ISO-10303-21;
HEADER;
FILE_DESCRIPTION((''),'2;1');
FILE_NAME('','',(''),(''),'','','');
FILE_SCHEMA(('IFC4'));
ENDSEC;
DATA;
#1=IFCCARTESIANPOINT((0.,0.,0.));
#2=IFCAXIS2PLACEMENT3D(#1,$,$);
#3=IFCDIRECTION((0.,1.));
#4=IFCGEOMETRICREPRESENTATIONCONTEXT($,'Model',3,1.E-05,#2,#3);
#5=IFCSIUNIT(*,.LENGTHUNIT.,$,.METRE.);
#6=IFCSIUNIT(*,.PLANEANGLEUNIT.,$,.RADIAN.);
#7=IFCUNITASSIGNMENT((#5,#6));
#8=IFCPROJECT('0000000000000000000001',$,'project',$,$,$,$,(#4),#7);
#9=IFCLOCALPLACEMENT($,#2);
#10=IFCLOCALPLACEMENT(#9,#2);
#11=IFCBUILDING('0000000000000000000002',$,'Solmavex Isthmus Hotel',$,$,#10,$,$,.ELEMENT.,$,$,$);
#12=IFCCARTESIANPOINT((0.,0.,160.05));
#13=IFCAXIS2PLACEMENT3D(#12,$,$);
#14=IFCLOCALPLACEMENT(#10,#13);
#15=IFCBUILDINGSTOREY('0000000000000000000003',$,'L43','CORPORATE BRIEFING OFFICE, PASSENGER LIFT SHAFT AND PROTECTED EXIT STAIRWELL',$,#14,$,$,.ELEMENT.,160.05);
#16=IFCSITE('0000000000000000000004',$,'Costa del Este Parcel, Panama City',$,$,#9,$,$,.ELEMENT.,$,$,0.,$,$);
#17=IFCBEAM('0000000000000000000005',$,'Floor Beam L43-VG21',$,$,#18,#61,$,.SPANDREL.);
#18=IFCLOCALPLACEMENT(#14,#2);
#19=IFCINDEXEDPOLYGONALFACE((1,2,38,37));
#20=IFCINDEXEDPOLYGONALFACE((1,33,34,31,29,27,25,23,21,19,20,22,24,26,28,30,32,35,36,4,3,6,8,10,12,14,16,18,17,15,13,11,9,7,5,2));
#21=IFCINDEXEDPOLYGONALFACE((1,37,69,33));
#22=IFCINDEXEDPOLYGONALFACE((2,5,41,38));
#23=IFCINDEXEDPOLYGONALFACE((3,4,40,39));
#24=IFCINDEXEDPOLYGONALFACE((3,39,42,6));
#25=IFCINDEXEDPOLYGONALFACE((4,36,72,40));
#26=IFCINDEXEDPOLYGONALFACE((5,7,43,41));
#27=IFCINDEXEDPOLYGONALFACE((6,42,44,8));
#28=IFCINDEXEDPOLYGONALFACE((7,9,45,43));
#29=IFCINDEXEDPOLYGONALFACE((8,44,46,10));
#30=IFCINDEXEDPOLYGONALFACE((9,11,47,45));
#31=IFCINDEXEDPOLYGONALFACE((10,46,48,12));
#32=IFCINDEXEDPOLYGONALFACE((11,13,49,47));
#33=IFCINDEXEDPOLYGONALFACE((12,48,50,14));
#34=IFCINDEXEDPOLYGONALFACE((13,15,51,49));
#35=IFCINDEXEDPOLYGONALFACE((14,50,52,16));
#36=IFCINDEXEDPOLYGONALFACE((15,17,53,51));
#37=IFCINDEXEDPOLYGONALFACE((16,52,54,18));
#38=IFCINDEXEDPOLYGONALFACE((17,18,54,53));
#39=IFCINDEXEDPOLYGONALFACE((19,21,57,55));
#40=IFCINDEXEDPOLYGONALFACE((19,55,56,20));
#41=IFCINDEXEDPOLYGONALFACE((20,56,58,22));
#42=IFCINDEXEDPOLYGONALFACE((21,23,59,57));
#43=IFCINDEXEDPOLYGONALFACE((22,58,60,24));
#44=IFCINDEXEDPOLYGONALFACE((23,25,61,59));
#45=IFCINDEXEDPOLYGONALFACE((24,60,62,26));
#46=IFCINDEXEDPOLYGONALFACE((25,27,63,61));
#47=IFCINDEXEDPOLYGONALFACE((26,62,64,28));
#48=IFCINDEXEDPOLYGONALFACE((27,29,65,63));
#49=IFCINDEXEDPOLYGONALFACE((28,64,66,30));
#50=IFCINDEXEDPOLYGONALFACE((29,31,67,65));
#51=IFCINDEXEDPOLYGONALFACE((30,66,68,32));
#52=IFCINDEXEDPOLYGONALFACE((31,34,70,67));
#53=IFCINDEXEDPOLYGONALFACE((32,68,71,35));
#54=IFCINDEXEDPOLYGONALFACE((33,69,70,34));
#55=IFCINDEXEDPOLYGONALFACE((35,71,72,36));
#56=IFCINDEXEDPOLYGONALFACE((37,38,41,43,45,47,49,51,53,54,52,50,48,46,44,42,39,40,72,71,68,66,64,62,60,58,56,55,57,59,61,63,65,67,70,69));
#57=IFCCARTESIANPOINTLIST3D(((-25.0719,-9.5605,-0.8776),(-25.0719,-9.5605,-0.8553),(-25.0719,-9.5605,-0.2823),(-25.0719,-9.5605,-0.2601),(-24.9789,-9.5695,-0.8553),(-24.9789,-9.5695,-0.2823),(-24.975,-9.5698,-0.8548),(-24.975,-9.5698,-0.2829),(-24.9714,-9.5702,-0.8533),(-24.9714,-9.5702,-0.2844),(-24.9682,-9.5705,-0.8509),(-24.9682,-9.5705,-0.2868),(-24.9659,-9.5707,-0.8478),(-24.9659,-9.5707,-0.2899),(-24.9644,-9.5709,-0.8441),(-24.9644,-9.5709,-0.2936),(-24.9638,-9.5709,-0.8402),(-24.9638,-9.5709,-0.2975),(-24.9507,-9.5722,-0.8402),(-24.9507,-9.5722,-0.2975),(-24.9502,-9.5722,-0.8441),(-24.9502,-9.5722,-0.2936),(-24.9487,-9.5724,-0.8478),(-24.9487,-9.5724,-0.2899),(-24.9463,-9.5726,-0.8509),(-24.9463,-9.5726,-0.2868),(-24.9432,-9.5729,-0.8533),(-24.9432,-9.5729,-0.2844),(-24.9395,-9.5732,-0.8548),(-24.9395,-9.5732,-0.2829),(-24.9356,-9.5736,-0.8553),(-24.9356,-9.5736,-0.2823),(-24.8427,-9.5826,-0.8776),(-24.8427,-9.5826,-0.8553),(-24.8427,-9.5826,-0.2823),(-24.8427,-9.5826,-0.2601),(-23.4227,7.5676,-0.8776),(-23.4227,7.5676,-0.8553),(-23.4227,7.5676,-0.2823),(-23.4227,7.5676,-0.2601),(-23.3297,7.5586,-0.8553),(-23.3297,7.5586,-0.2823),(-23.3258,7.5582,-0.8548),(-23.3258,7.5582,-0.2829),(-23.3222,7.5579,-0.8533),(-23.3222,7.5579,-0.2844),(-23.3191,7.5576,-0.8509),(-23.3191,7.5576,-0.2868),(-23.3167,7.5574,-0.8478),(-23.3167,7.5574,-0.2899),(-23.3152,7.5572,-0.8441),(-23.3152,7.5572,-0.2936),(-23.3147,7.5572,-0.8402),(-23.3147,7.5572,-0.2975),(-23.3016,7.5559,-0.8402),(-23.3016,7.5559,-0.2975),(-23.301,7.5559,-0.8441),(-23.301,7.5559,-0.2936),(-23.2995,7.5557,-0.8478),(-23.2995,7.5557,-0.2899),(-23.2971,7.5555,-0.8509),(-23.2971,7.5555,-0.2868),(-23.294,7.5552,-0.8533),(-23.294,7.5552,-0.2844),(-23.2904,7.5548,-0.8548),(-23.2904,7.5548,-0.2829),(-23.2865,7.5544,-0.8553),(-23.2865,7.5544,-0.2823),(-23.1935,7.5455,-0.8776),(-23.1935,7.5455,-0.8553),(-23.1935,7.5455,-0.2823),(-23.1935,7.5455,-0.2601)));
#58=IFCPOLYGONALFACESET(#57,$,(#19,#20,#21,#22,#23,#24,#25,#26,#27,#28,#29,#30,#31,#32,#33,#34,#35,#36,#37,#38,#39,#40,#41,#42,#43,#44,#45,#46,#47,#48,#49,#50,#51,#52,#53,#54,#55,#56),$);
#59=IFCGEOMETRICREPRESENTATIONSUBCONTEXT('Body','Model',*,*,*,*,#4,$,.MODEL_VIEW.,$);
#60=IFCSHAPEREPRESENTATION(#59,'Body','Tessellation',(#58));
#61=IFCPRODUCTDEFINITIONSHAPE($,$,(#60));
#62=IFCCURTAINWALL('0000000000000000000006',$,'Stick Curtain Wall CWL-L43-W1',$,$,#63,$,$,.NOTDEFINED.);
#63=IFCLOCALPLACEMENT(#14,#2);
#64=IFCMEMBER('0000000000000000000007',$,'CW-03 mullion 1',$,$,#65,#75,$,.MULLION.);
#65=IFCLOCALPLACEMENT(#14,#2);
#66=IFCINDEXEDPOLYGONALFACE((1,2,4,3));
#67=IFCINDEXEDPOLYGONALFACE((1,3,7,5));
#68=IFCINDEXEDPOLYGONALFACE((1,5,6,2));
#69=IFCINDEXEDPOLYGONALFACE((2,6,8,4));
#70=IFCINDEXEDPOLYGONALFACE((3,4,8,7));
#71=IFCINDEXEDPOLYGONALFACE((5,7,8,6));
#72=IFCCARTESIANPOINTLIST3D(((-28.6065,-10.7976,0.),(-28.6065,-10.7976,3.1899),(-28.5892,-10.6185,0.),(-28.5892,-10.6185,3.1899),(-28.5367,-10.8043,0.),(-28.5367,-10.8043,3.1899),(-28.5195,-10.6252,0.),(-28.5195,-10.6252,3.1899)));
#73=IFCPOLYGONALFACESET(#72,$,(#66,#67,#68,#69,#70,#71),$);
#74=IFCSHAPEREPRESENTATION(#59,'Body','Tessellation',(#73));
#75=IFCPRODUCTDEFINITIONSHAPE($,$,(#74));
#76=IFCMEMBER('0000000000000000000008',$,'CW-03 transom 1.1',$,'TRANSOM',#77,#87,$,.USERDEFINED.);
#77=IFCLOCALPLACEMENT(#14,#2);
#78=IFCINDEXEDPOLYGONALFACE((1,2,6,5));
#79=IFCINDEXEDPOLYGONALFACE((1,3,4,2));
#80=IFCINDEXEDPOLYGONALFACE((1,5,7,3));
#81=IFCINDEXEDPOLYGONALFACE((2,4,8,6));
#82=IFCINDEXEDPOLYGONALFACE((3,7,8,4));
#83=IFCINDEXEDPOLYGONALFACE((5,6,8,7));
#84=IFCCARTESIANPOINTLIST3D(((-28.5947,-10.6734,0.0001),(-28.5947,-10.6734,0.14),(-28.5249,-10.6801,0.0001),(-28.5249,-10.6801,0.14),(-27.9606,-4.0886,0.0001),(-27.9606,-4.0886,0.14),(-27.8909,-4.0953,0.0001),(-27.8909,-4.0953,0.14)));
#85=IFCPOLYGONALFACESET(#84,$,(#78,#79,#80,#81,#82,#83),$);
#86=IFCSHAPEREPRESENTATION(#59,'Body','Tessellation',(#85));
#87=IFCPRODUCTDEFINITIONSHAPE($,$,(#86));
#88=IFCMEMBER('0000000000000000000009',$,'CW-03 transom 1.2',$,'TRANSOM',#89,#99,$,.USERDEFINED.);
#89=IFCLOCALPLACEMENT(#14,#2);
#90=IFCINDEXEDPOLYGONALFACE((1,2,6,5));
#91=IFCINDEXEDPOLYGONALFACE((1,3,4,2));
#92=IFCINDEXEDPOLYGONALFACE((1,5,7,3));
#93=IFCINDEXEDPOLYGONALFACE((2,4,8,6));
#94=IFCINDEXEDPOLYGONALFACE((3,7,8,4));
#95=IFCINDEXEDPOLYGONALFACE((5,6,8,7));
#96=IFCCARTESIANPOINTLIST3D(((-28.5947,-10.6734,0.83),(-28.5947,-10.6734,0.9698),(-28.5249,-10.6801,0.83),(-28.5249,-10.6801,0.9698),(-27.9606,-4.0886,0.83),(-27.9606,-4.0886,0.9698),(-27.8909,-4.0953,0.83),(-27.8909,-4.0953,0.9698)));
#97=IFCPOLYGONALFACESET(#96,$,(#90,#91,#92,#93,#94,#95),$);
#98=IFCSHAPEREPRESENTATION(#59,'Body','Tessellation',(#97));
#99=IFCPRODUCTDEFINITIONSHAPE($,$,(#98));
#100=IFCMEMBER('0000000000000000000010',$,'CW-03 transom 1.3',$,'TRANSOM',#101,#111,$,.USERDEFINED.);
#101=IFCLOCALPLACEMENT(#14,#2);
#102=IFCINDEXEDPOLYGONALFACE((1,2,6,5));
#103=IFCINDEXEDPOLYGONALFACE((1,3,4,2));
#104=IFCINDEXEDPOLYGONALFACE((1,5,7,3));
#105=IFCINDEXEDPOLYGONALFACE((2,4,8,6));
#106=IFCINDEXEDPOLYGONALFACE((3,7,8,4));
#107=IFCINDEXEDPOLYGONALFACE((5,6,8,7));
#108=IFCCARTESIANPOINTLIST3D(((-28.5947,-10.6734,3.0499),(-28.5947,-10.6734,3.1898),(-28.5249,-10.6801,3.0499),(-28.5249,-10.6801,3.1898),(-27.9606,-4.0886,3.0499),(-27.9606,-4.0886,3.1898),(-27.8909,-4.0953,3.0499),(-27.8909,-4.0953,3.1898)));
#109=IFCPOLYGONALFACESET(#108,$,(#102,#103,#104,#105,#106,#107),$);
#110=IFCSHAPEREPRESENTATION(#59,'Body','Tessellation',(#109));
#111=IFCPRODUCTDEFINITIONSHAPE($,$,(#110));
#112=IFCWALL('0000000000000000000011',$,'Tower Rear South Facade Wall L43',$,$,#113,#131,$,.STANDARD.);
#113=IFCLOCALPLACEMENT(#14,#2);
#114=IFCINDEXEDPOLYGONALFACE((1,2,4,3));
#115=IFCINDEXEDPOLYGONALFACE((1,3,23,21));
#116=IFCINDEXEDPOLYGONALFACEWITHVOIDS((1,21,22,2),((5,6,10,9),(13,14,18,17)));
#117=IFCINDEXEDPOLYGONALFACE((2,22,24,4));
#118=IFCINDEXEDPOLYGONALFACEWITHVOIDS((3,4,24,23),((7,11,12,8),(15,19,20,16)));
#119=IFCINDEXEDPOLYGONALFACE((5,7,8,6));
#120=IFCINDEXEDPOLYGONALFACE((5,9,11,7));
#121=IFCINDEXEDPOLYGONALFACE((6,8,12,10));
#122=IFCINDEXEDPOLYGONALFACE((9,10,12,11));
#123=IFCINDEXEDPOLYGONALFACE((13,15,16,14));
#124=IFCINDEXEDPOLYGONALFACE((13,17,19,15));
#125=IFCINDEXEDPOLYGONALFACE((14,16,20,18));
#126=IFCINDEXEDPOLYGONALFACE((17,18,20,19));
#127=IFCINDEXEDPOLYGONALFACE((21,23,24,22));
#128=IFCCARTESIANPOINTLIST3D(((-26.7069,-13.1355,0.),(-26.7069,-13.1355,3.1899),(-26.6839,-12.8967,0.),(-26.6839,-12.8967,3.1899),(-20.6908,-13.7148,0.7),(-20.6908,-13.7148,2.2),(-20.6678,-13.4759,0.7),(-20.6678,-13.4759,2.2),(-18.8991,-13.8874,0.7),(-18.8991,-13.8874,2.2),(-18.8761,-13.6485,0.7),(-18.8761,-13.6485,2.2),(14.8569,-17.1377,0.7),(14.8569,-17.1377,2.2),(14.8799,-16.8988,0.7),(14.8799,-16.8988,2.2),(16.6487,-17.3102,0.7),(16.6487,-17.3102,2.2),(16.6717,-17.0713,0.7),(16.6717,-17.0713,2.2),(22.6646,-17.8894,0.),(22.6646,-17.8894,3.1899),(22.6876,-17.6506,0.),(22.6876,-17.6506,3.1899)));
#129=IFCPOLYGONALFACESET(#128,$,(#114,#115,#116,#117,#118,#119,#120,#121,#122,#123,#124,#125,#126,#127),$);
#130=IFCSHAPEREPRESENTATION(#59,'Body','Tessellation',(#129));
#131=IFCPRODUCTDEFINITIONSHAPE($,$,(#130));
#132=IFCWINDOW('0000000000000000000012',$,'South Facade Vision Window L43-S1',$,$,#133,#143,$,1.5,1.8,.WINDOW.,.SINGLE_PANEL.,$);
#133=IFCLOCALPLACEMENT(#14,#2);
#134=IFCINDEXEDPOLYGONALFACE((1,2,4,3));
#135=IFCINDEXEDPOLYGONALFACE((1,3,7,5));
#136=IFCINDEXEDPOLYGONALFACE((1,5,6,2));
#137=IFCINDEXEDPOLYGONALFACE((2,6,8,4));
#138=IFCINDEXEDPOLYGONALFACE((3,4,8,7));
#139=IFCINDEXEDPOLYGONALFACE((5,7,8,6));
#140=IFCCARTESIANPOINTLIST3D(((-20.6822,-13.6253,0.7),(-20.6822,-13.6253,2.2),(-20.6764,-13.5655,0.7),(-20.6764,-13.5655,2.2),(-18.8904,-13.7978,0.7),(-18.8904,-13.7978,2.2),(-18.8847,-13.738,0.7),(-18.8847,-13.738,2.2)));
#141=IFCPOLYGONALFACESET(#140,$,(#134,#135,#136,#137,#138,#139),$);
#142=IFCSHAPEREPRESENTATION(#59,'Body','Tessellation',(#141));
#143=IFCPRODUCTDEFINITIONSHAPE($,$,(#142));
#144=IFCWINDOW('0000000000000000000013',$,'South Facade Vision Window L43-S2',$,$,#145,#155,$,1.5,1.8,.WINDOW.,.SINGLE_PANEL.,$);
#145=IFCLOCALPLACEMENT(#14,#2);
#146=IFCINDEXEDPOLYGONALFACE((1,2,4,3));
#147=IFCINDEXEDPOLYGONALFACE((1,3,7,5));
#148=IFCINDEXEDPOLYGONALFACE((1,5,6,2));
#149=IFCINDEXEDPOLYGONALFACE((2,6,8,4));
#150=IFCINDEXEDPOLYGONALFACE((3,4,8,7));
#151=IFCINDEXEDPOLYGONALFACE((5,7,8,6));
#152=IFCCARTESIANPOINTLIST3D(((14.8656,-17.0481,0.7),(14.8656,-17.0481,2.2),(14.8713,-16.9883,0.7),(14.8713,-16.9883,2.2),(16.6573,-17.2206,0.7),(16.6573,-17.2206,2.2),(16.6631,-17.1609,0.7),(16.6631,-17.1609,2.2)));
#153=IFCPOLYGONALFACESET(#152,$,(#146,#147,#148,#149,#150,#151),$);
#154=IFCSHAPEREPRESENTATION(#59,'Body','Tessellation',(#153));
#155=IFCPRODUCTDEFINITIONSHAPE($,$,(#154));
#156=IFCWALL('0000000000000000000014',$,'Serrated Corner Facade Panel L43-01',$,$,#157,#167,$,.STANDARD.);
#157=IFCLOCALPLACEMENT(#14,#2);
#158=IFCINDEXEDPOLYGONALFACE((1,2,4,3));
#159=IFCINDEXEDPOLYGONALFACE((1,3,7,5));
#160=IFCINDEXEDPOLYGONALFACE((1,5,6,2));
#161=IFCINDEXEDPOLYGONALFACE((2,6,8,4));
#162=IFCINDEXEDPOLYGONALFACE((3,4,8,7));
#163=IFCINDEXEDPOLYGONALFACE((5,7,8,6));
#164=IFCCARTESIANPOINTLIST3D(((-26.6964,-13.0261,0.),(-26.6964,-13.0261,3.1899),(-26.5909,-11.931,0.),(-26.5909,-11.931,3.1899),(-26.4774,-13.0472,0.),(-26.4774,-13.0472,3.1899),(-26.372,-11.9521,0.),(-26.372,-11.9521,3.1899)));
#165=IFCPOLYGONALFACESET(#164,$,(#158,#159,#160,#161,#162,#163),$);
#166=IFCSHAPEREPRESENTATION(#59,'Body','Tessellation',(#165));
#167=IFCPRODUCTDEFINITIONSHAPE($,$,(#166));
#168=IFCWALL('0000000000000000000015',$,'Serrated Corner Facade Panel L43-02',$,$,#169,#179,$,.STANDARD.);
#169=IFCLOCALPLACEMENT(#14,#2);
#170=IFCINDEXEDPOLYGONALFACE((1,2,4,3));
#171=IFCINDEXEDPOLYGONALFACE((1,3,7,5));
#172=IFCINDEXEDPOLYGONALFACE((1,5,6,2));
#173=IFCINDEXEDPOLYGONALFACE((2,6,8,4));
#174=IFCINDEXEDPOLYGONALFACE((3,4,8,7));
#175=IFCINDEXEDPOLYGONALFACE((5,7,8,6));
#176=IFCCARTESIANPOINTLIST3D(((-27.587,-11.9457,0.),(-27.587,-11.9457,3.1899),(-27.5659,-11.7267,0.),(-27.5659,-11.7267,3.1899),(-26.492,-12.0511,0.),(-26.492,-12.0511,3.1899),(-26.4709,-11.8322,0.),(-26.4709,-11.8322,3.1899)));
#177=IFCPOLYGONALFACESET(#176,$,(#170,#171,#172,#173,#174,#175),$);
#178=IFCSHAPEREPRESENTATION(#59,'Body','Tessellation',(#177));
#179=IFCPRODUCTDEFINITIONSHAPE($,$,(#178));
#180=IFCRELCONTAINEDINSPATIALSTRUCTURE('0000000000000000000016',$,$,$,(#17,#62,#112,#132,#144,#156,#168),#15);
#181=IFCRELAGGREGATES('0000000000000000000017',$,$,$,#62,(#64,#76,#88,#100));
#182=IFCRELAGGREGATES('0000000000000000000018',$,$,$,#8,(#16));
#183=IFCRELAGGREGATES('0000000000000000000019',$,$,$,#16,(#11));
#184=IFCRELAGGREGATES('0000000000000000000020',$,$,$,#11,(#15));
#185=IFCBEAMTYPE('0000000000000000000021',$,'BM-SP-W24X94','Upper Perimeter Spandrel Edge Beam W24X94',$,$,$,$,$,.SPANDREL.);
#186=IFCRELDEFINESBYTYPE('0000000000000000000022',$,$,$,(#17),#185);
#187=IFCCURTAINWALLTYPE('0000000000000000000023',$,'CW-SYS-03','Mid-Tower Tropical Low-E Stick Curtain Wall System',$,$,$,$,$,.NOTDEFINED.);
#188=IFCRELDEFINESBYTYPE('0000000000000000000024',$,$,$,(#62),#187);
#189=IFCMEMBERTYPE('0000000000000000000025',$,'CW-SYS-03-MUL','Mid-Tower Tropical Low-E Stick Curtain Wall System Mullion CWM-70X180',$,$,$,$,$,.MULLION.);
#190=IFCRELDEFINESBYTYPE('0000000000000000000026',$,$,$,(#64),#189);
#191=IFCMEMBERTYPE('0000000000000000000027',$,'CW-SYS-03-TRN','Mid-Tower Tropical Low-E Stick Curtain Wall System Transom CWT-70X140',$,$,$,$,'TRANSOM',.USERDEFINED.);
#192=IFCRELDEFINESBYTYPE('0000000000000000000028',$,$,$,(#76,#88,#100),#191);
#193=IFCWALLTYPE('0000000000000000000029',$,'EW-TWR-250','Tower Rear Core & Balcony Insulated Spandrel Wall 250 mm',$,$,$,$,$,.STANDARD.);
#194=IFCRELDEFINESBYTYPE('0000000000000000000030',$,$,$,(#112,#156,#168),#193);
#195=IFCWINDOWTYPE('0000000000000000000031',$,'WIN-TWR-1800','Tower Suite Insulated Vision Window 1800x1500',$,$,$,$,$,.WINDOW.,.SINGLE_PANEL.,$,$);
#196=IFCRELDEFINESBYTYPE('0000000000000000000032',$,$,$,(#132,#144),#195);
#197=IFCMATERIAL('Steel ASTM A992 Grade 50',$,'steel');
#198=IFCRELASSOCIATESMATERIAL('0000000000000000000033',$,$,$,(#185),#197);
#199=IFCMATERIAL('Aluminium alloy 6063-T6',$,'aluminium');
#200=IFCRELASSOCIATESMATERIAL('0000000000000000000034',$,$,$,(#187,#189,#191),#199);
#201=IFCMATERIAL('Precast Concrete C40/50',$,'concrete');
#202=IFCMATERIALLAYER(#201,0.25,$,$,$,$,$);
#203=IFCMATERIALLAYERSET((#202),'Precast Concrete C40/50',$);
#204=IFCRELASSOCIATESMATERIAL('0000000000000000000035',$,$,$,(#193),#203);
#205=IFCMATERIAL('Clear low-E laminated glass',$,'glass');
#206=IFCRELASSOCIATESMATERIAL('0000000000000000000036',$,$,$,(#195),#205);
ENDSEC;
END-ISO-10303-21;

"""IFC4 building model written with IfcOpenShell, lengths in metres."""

from ifc_helpers import new_model, si_unit, direction, frame, frame_2d, origin, origin_2d, place, context, subcontext, project, spatial, rectangle, i_section, extrude, material, layer, layer_set, material_profile, profile_set, type_object, element, fill, aggregate, save


model = new_model("IFC4")

# Units and contexts
model_context = context("Model", 3, precision=1e-05, world=origin(), true_north=direction((0.0, 1.0)))
body_context = subcontext(model_context, "Body", "Model", "MODEL_VIEW")
ifc_project = project(units=[si_unit("LENGTHUNIT", "METRE"), si_unit("PLANEANGLEUNIT", "RADIAN")], contexts=[model_context])

# Site, building, storey
site_placement = place(None, origin())
site = spatial("IfcSite", under=ifc_project, at=site_placement, Name="Costa del Este Parcel, Panama City", CompositionType="ELEMENT", RefElevation=0.0)
building_placement = place(site_placement, origin())
building = spatial("IfcBuilding", under=site, at=building_placement, Name="Solmavex Isthmus Hotel", CompositionType="ELEMENT")
storey_placement = place(building_placement, frame((0.0, 0.0, 160.05)))
storey = spatial("IfcBuildingStorey", under=building, at=storey_placement, Name="L43", Description="CORPORATE BRIEFING OFFICE, PASSENGER LIFT SHAFT AND PROTECTED EXIT STAIRWELL", CompositionType="ELEMENT", Elevation=160.05)

# Beam
ifc_material_1 = material(Name="Steel ASTM A992 Grade 50", Category="steel")
ifc_material_profile_1 = material_profile(ifc_material_1, i_section(OverallWidth=0.2302, OverallDepth=0.6174, WebThickness=0.0132, FlangeThickness=0.0222, FilletRadius=0.0151, at=origin_2d()), Name="W24X94")
ifc_profile_set_1 = profile_set([ifc_material_profile_1], Name="Steel ASTM A992 Grade 50")
beam_type_1 = type_object("IfcBeamType", Name="BM-SP-W24X94", Description="Upper Perimeter Spandrel Edge Beam W24X94", PredefinedType="SPANDREL", material=ifc_profile_set_1)
beam_1_placement = place(storey_placement, frame((-24.9573, -9.5715, -0.5688), z_axis=(0.095841, 0.995397, 0.0), x_axis=(-0.995397, 0.095841, 0.0)))
element("IfcBeam", 1, at=beam_1_placement, inside=storey, type_object=beam_type_1, Name="Floor Beam L43-VG21", PredefinedType="SPANDREL", context=body_context, shape_type="SweptSolid", body=[
    extrude(i_section(OverallWidth=0.2302, OverallDepth=0.6174, WebThickness=0.0132, FlangeThickness=0.0222, FilletRadius=0.0151, at=origin_2d()), origin(), (0.0, 0.0, 1.0), 17.2073),
])

# Curtain wall, members
ifc_material_2 = material(Name="Aluminium alloy 6063-T6", Category="aluminium")
curtain_wall_type = type_object("IfcCurtainWallType", Name="CW-SYS-03", Description="Mid-Tower Tropical Low-E Stick Curtain Wall System", PredefinedType="NOTDEFINED", material=ifc_material_2)
curtain_wall_placement = place(storey_placement, origin())
curtain_wall = element("IfcCurtainWall", 2, at=curtain_wall_placement, inside=storey, type_object=curtain_wall_type, Name="Stick Curtain Wall CWL-L43-W1", PredefinedType="NOTDEFINED")
ifc_material_profile_2 = material_profile(ifc_material_2, rectangle(XDim=0.0701, YDim=0.1799, at=origin_2d()), Name="CWM-70X180")
ifc_profile_set_2 = profile_set([ifc_material_profile_2], Name="Aluminium alloy 6063-T6")
member_type_1 = type_object("IfcMemberType", Name="CW-SYS-03-MUL", Description="Mid-Tower Tropical Low-E Stick Curtain Wall System Mullion CWM-70X180", PredefinedType="MULLION", material=ifc_profile_set_2)
member_1_placement = place(storey_placement, frame((-28.563, -10.7114, 0.0), z_axis=(0.0, 0.0, 1.0), x_axis=(-0.995396, 0.095846, 0.0)))
member_1 = element("IfcMember", 3, at=member_1_placement, type_object=member_type_1, Name="CW-03 mullion 1", PredefinedType="MULLION", context=body_context, shape_type="SweptSolid", body=[
    extrude(rectangle(XDim=0.0701, YDim=0.1799, at=origin_2d()), origin(), (0.0, 0.0, 1.0), 3.1899),
])
ifc_material_profile_3 = material_profile(ifc_material_2, rectangle(XDim=0.0701, YDim=0.1399, at=origin_2d()), Name="CWT-70X140")
ifc_profile_set_3 = profile_set([ifc_material_profile_3], Name="Aluminium alloy 6063-T6")
member_type_2 = type_object("IfcMemberType", Name="CW-SYS-03-TRN", Description="Mid-Tower Tropical Low-E Stick Curtain Wall System Transom CWT-70X140", ElementType="TRANSOM", PredefinedType="USERDEFINED", material=ifc_profile_set_3)
member_2_placement = place(storey_placement, frame((-28.5598, -10.6768, 0.0701), z_axis=(0.095845, 0.995396, 0.0), x_axis=(-0.995396, 0.095845, 0.0)))
member_2 = element("IfcMember", 4, at=member_2_placement, type_object=member_type_2, Name="CW-03 transom 1.1", ObjectType="TRANSOM", PredefinedType="USERDEFINED", context=body_context, shape_type="SweptSolid", body=[
    extrude(rectangle(XDim=0.0701, YDim=0.1399, at=origin_2d()), origin(), (0.0, 0.0, 1.0), 6.6152),
])
member_3_placement = place(storey_placement, frame((-28.5598, -10.6768, 0.8999), z_axis=(0.095845, 0.995396, 0.0), x_axis=(-0.995396, 0.095845, 0.0)))
member_3 = element("IfcMember", 5, at=member_3_placement, type_object=member_type_2, Name="CW-03 transom 1.2", ObjectType="TRANSOM", PredefinedType="USERDEFINED", context=body_context, shape_type="SweptSolid", body=[
    extrude(rectangle(XDim=0.0701, YDim=0.1399, at=origin_2d()), origin(), (0.0, 0.0, 1.0), 6.6152),
])
member_4_placement = place(storey_placement, frame((-28.5598, -10.6768, 3.1199), z_axis=(0.095845, 0.995396, 0.0), x_axis=(-0.995396, 0.095845, 0.0)))
member_4 = element("IfcMember", 6, at=member_4_placement, type_object=member_type_2, Name="CW-03 transom 1.3", ObjectType="TRANSOM", PredefinedType="USERDEFINED", context=body_context, shape_type="SweptSolid", body=[
    extrude(rectangle(XDim=0.0701, YDim=0.1399, at=origin_2d()), origin(), (0.0, 0.0, 1.0), 6.6152),
])
aggregate(curtain_wall, [member_1, member_2, member_3, member_4])

# Wall, openings, windows
ifc_material_3 = material(Name="Precast Concrete C40/50", Category="concrete")
ifc_layer_1 = layer(ifc_material_3, 0.25)
ifc_layer_set_1 = layer_set([ifc_layer_1], Name="Precast Concrete C40/50")
wall_type_1 = type_object("IfcWallType", Name="EW-TWR-250", Description="Tower Rear Core & Balcony Insulated Spandrel Wall 250 mm", PredefinedType="STANDARD", material=ifc_layer_set_1)
wall_1_placement = place(storey_placement, frame((-26.6953, -13.0161, 0.0), z_axis=(0.0, 0.0, 1.0), x_axis=(0.995396, -0.095845, 0.0)))
wall_1 = element("IfcWall", 7, at=wall_1_placement, inside=storey, type_object=wall_type_1, Name="Tower Rear South Facade Wall L43", PredefinedType="STANDARD", context=body_context, shape_type="SweptSolid", body=[
    extrude(rectangle(XDim=49.5999, YDim=0.24, at=frame_2d((24.7998, 0.0))), origin(), (0.0, 0.0, 1.0), 3.1899),
])
opening_1_placement = place(wall_1_placement, frame((6.0439, 0.0, 0.7)))
opening_1 = element("IfcOpeningElement", 8, at=opening_1_placement, cuts=wall_1, PredefinedType="OPENING", context=body_context, shape_type="SweptSolid", body=[
    extrude(rectangle(XDim=1.8, YDim=1.5, at=frame_2d((0.8999, 0.75))), frame((0.0, 0.1299, 0.0), z_axis=(0.0, -1.0, 0.0), x_axis=(1.0, 0.0, 0.0)), (0.0, 0.0, 1.0), 0.26),
])
opening_2_placement = place(wall_1_placement, frame((41.7561, 0.0, 0.7)))
opening_2 = element("IfcOpeningElement", 9, at=opening_2_placement, cuts=wall_1, PredefinedType="OPENING", context=body_context, shape_type="SweptSolid", body=[
    extrude(rectangle(XDim=1.8, YDim=1.5, at=frame_2d((0.8999, 0.75))), frame((0.0, 0.1299, 0.0), z_axis=(0.0, -1.0, 0.0), x_axis=(1.0, 0.0, 0.0)), (0.0, 0.0, 1.0), 0.26),
])
ifc_material_4 = material(Name="Clear low-E laminated glass", Category="glass")
window_type = type_object("IfcWindowType", Name="WIN-TWR-1800", Description="Tower Suite Insulated Vision Window 1800x1500", PartitioningType="SINGLE_PANEL", PredefinedType="WINDOW", material=ifc_material_4)
window_1_placement = place(opening_1_placement, origin())
window_1 = element("IfcWindow", 10, at=window_1_placement, inside=storey, type_object=window_type, Name="South Facade Vision Window L43-S1", OverallHeight=1.5, OverallWidth=1.8, PartitioningType="SINGLE_PANEL", PredefinedType="WINDOW", context=body_context, shape_type="SweptSolid", body=[
    extrude(rectangle(XDim=1.8, YDim=1.5, at=frame_2d((0.8999, 0.75))), frame((0.0, 0.03, 0.0), z_axis=(0.0, -1.0, 0.0), x_axis=(1.0, 0.0, 0.0)), (0.0, 0.0, 1.0), 0.0601),
])
fill(opening_1, window_1)
window_2_placement = place(opening_2_placement, origin())
window_2 = element("IfcWindow", 11, at=window_2_placement, inside=storey, type_object=window_type, Name="South Facade Vision Window L43-S2", OverallHeight=1.5, OverallWidth=1.8, PartitioningType="SINGLE_PANEL", PredefinedType="WINDOW", context=body_context, shape_type="SweptSolid", body=[
    extrude(rectangle(XDim=1.8, YDim=1.5, at=frame_2d((0.8999, 0.75))), frame((0.0, 0.03, 0.0), z_axis=(0.0, -1.0, 0.0), x_axis=(1.0, 0.0, 0.0)), (0.0, 0.0, 1.0), 0.0601),
])
fill(opening_2, window_2)

# Walls
for number, where, z_axis, x_axis, name in (
    (12, (-26.5869, -13.0366, 0.0), (0.0, 0.0, 1.0), (0.095877, 0.995393, 0.0), "Serrated Corner Facade Panel L43-01"),
    (13, (-26.4814, -11.9417, 0.0), (0.0, 0.0, 1.0), (-0.995393, 0.095877, 0.0), "Serrated Corner Facade Panel L43-02"),
):
    element("IfcWall", number, at=place(storey_placement, frame(where, z_axis=z_axis, x_axis=x_axis)), inside=storey, type_object=wall_type_1, Name=name, PredefinedType="STANDARD", context=body_context, shape_type="SweptSolid", body=[
        extrude(rectangle(XDim=1.1001, YDim=0.22, at=frame_2d((0.55, 0.0))), origin(), (0.0, 0.0, 1.0), 3.1899),
    ])

save(model, "model.ifc")
